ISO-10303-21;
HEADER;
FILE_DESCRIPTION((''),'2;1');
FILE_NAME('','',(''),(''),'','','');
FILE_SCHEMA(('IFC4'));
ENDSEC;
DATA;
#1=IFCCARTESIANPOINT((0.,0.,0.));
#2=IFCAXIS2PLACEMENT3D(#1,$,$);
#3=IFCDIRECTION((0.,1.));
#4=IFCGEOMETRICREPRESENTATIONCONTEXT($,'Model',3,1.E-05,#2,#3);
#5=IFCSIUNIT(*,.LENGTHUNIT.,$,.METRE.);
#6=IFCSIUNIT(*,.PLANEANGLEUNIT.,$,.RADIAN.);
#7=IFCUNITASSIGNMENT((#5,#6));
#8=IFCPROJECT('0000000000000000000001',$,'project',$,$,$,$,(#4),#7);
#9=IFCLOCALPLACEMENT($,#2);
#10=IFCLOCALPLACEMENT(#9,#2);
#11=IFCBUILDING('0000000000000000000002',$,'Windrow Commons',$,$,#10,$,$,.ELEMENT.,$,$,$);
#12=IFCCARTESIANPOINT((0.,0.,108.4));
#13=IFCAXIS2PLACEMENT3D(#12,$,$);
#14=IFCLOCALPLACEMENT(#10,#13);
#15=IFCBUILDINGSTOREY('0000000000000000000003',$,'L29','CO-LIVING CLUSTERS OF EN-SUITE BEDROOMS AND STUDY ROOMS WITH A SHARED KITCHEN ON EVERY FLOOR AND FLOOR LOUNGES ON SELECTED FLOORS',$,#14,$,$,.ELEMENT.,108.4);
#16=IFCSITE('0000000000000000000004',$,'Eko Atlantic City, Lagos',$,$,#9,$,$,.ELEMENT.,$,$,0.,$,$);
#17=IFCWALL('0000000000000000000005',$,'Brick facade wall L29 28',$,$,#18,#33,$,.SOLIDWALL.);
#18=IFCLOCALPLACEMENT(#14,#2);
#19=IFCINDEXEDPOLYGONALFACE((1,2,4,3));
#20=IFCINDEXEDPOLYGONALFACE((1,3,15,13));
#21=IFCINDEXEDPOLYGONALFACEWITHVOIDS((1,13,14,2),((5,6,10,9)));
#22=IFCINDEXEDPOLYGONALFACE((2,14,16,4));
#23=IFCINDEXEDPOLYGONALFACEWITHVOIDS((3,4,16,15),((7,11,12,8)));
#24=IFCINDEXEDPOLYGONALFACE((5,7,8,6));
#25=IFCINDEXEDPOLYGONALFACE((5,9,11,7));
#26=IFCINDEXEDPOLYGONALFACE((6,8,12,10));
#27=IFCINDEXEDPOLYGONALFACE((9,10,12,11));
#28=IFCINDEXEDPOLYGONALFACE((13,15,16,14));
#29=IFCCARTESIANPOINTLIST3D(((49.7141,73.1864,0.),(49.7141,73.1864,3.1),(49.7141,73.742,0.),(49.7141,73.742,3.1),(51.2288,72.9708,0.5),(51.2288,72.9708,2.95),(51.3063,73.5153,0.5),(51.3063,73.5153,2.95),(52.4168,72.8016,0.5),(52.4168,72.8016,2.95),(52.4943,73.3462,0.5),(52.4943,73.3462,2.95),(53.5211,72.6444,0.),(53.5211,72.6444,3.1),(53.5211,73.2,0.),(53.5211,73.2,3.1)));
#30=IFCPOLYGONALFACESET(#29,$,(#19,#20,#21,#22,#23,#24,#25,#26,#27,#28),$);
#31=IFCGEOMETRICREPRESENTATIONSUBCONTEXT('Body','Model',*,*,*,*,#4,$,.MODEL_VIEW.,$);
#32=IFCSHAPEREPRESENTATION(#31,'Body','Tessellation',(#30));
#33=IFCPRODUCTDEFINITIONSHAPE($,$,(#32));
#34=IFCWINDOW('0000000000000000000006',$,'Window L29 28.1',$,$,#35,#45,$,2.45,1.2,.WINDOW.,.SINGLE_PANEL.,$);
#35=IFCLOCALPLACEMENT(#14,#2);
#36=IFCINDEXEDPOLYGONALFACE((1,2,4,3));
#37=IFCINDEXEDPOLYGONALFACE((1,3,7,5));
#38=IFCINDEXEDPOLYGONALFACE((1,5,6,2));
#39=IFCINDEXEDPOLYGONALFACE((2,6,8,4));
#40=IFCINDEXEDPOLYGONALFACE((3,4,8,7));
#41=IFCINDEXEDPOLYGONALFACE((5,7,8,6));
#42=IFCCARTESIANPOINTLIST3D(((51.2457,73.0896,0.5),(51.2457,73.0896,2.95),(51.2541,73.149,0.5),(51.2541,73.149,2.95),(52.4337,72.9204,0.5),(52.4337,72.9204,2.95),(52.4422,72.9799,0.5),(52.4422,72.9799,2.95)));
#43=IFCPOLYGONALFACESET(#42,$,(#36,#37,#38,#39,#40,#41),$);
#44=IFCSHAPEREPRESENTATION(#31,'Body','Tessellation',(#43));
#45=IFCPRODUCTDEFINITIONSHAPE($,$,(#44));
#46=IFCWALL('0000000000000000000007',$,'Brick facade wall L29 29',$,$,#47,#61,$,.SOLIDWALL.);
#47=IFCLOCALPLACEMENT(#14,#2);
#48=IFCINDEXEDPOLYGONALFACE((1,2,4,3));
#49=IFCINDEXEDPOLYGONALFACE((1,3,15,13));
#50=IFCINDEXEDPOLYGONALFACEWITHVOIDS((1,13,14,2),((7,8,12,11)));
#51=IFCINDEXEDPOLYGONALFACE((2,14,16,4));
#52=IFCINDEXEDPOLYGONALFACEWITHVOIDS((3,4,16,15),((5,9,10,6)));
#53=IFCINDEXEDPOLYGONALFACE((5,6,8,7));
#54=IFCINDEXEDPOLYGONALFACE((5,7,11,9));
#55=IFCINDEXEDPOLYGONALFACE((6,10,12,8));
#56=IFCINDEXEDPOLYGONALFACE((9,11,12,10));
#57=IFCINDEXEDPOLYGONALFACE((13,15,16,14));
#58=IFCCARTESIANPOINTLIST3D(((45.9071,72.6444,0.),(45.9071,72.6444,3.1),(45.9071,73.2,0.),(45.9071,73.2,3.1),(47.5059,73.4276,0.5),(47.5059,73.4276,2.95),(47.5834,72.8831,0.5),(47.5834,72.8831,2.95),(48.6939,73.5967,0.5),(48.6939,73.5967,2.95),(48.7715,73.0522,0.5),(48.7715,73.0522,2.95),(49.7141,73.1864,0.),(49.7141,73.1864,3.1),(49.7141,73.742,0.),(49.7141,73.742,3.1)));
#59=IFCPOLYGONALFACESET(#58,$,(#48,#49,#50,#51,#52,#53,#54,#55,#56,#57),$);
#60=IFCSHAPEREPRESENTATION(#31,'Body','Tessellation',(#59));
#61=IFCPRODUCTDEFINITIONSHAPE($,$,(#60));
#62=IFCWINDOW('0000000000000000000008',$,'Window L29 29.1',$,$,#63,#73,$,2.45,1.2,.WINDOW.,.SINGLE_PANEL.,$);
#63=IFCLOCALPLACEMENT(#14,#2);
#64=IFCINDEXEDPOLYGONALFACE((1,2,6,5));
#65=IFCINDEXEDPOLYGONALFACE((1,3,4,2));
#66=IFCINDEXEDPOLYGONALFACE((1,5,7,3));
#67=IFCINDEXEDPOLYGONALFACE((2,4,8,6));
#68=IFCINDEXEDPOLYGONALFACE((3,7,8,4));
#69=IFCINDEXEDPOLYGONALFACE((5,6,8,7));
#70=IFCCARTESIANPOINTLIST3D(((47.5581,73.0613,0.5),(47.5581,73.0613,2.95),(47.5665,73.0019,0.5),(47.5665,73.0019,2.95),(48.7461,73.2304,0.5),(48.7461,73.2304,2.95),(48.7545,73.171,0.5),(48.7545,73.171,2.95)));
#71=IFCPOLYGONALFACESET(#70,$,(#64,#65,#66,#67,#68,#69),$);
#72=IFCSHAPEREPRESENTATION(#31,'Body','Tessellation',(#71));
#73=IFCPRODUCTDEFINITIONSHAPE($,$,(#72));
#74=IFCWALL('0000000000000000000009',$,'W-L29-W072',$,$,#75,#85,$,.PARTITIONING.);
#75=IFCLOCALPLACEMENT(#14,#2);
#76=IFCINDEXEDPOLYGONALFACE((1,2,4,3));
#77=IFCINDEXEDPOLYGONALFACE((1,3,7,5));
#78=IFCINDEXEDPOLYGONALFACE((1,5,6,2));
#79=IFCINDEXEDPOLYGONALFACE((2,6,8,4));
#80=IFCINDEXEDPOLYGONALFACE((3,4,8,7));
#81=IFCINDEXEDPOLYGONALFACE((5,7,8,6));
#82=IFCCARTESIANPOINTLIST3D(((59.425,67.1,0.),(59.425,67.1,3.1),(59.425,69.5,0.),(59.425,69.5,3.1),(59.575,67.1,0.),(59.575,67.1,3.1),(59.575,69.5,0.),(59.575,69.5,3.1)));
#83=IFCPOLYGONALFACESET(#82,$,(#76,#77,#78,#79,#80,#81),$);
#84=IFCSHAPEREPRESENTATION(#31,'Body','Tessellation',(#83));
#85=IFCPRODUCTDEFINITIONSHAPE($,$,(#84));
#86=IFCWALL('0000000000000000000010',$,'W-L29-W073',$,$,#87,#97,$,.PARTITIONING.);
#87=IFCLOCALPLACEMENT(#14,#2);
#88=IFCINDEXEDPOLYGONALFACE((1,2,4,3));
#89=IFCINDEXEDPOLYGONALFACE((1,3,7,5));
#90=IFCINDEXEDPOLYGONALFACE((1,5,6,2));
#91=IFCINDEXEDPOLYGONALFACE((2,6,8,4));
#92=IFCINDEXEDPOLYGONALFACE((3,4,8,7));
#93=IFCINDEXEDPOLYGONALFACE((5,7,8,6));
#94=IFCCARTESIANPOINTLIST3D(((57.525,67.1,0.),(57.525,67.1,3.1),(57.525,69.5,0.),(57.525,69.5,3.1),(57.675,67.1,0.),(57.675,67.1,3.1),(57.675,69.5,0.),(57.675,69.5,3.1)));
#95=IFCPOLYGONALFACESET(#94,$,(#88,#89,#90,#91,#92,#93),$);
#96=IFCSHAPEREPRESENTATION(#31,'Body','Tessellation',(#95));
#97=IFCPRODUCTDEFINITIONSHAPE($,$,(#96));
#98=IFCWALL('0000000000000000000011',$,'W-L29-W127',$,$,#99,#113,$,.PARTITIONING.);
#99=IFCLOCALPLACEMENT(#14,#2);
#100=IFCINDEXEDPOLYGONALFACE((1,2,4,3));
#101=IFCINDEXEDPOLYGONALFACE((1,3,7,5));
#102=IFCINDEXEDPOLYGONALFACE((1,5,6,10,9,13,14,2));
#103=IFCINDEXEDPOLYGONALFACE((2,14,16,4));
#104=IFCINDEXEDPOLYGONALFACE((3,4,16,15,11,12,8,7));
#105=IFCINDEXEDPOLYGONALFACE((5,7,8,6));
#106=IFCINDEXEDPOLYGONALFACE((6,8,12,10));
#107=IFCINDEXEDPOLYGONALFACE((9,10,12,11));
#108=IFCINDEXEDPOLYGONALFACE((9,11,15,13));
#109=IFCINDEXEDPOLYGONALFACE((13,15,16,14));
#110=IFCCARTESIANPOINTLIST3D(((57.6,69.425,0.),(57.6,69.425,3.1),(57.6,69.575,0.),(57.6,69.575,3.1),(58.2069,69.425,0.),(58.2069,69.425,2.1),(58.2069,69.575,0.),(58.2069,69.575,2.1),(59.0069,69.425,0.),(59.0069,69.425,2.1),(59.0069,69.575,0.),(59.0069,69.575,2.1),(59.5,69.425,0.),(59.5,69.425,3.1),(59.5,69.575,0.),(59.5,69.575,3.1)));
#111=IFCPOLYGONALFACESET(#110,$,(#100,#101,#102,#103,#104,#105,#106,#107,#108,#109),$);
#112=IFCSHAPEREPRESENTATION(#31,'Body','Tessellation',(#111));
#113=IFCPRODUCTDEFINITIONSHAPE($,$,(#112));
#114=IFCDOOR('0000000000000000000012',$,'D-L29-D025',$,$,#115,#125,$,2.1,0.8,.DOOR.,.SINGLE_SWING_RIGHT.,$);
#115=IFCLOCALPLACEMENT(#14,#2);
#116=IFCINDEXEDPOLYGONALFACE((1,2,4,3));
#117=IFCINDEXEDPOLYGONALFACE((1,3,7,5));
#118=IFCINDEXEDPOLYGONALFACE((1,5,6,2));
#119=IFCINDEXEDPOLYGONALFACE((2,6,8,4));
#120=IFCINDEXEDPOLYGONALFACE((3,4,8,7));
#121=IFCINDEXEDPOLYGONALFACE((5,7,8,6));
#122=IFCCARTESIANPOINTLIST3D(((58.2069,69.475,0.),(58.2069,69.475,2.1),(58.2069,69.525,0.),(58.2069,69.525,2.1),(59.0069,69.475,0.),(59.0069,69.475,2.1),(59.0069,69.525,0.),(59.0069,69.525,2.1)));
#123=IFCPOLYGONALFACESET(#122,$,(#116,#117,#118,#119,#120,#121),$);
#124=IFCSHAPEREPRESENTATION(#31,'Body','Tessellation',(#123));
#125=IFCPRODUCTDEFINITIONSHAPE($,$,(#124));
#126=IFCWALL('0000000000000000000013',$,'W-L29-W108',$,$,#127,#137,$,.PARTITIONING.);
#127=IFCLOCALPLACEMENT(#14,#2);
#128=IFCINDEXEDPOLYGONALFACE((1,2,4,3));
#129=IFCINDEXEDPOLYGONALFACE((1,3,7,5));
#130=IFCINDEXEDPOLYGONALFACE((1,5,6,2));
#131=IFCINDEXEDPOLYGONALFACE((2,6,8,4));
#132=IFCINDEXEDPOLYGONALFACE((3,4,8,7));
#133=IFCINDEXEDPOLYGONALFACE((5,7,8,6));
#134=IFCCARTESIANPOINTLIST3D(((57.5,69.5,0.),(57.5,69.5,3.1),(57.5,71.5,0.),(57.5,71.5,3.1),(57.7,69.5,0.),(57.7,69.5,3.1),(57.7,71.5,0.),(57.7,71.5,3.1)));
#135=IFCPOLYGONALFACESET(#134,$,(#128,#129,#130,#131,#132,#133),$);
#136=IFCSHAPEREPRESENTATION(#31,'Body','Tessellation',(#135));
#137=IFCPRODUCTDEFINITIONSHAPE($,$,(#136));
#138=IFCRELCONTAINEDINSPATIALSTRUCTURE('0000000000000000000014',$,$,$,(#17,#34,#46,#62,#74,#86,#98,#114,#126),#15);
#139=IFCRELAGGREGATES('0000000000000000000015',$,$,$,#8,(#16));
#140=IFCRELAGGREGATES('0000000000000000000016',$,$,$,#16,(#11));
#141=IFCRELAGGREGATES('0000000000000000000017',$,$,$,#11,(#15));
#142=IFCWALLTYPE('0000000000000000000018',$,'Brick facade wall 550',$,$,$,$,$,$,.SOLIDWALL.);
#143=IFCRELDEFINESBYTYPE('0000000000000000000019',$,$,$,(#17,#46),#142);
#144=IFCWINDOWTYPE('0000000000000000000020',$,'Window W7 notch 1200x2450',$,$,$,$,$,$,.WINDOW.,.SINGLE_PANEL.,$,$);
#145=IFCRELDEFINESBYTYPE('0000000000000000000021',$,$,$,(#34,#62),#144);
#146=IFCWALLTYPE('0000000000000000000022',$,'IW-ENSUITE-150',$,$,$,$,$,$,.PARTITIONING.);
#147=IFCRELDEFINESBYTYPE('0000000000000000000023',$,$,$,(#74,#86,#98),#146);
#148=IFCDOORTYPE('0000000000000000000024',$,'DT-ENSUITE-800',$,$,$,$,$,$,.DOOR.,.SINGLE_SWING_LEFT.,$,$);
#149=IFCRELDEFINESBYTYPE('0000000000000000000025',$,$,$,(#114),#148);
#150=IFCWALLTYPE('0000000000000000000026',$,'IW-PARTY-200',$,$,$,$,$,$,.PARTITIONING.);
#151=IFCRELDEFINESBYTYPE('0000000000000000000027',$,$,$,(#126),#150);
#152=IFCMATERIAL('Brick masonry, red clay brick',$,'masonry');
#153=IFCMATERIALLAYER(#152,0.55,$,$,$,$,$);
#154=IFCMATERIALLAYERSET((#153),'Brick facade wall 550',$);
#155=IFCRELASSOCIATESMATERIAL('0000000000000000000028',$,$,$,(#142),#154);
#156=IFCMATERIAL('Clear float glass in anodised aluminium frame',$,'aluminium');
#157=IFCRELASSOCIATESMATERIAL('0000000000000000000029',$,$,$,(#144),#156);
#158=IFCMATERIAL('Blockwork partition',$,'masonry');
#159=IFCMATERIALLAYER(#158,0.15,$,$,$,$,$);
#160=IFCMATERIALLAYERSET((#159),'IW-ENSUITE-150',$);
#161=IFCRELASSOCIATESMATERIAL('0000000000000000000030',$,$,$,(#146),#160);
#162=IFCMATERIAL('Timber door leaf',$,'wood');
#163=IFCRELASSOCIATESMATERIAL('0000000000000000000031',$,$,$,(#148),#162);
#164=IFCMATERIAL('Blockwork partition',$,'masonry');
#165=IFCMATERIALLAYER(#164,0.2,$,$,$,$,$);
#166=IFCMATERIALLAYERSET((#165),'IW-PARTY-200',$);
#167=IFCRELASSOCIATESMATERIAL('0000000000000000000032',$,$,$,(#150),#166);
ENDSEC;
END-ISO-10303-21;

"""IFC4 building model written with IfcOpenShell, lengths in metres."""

from ifc_helpers import new_model, si_unit, direction, frame, frame_2d, origin, place, context, subcontext, project, spatial, polyline, rectangle, outline, extrude, material, layer, layer_set, type_object, element, fill, save


model = new_model("IFC4")

# Units and contexts
model_context = context("Model", 3, precision=1e-05, world=origin(), true_north=direction((0.0, 1.0)))
body_context = subcontext(model_context, "Body", "Model", "MODEL_VIEW")
ifc_project = project(units=[si_unit("LENGTHUNIT", "METRE"), si_unit("PLANEANGLEUNIT", "RADIAN")], contexts=[model_context])

# Site, building, storey
site_placement = place(None, origin())
site = spatial("IfcSite", under=ifc_project, at=site_placement, Name="Eko Atlantic City, Lagos", CompositionType="ELEMENT", RefElevation=0.0)
building_placement = place(site_placement, origin())
building = spatial("IfcBuilding", under=site, at=building_placement, Name="Windrow Commons", CompositionType="ELEMENT")
storey_placement = place(building_placement, frame((0.0, 0.0, 108.4)))
storey = spatial("IfcBuildingStorey", under=building, at=storey_placement, Name="L29", Description="CO-LIVING CLUSTERS OF EN-SUITE BEDROOMS AND STUDY ROOMS WITH A SHARED KITCHEN ON EVERY FLOOR AND FLOOR LOUNGES ON SELECTED FLOORS", CompositionType="ELEMENT", Elevation=108.4)

# Shared definitions
ifc_material_1 = material(Name="Brick masonry, red clay brick", Category="masonry")
ifc_layer_1 = layer(ifc_material_1, 0.55)
ifc_layer_set_1 = layer_set([ifc_layer_1], Name="Brick facade wall 550")
wall_type_1 = type_object("IfcWallType", Name="Brick facade wall 550", PredefinedType="SOLIDWALL", material=ifc_layer_set_1)

# Walls, openings, windows
wall_1_placement = place(storey_placement, frame((53.5211, 72.9222, 0.0), z_axis=(0.0, 0.0, 1.0), x_axis=(-0.990017, 0.140948, 0.0)))
wall_1 = element("IfcWall", 1, at=wall_1_placement, inside=storey, type_object=wall_type_1, Name="Brick facade wall L29 28", PredefinedType="SOLIDWALL", context=body_context, shape_type="SweptSolid", body=[
    extrude(outline(polyline([(0.0392, -0.275), (3.8845, -0.275), (3.8062, 0.275), (-0.0392, 0.275), (0.0392, -0.275)])), origin(), (0.0, 0.0, 1.0), 3.1),
])
opening_1_placement = place(wall_1_placement, frame((1.0763, 0.0, 0.5)))
opening_1 = element("IfcOpeningElement", 2, at=opening_1_placement, cuts=wall_1, PredefinedType="OPENING", context=body_context, shape_type="SweptSolid", body=[
    extrude(rectangle(XDim=1.2, YDim=2.45, at=frame_2d((0.6, 1.225))), frame((0.0, 0.285, 0.0), z_axis=(0.0, -1.0, 0.0), x_axis=(1.0, 0.0, 0.0)), (0.0, 0.0, 1.0), 0.57),
])
ifc_material_2 = material(Name="Clear float glass in anodised aluminium frame", Category="aluminium")
window_type_1 = type_object("IfcWindowType", Name="Window W7 notch 1200x2450", PartitioningType="SINGLE_PANEL", PredefinedType="WINDOW", material=ifc_material_2)
window_1_placement = place(opening_1_placement, origin())
window_1 = element("IfcWindow", 3, at=window_1_placement, inside=storey, type_object=window_type_1, Name="Window L29 28.1", OverallHeight=2.45, OverallWidth=1.2, PartitioningType="SINGLE_PANEL", PredefinedType="WINDOW", context=body_context, shape_type="SweptSolid", body=[
    extrude(rectangle(XDim=1.2, YDim=2.45, at=frame_2d((0.6, 1.225))), frame((0.0, 0.155, 0.0), z_axis=(0.0, -1.0, 0.0), x_axis=(1.0, 0.0, 0.0)), (0.0, 0.0, 1.0), 0.06),
])
fill(opening_1, window_1)
wall_2_placement = place(storey_placement, frame((49.7141, 73.4642, 0.0), z_axis=(0.0, 0.0, 1.0), x_axis=(-0.990017, -0.140948, 0.0)))
wall_2 = element("IfcWall", 4, at=wall_2_placement, inside=storey, type_object=wall_type_1, Name="Brick facade wall L29 29", PredefinedType="SOLIDWALL", context=body_context, shape_type="SweptSolid", body=[
    extrude(outline(polyline([(-0.0392, -0.275), (3.8062, -0.275), (3.8845, 0.275), (0.0392, 0.275), (-0.0392, -0.275)])), origin(), (0.0, 0.0, 1.0), 3.1),
])
opening_2_placement = place(wall_2_placement, frame((0.9913, 0.0, 0.5)))
opening_2 = element("IfcOpeningElement", 5, at=opening_2_placement, cuts=wall_2, PredefinedType="OPENING", context=body_context, shape_type="SweptSolid", body=[
    extrude(rectangle(XDim=1.2, YDim=2.45, at=frame_2d((0.6, 1.225))), frame((0.0, 0.285, 0.0), z_axis=(0.0, -1.0, 0.0), x_axis=(1.0, 0.0, 0.0)), (0.0, 0.0, 1.0), 0.57),
])
window_2_placement = place(opening_2_placement, origin())
window_2 = element("IfcWindow", 6, at=window_2_placement, inside=storey, type_object=window_type_1, Name="Window L29 29.1", OverallHeight=2.45, OverallWidth=1.2, PartitioningType="SINGLE_PANEL", PredefinedType="WINDOW", context=body_context, shape_type="SweptSolid", body=[
    extrude(rectangle(XDim=1.2, YDim=2.45, at=frame_2d((0.6, 1.225))), frame((0.0, 0.155, 0.0), z_axis=(0.0, -1.0, 0.0), x_axis=(1.0, 0.0, 0.0)), (0.0, 0.0, 1.0), 0.06),
])
fill(opening_2, window_2)

# Walls
ifc_material_3 = material(Name="Blockwork partition", Category="masonry")
ifc_layer_2 = layer(ifc_material_3, 0.15)
ifc_layer_set_2 = layer_set([ifc_layer_2], Name="IW-ENSUITE-150")
wall_type_2 = type_object("IfcWallType", Name="IW-ENSUITE-150", PredefinedType="PARTITIONING", material=ifc_layer_set_2)
for number, where, z_axis, x_axis, name in (
    (7, (59.5, 67.1, 0.0), (0.0, 0.0, 1.0), (0.0, 1.0, 0.0), "W-L29-W072"),
    (8, (57.6, 67.1, 0.0), (0.0, 0.0, 1.0), (0.0, 1.0, 0.0), "W-L29-W073"),
):
    element("IfcWall", number, at=place(storey_placement, frame(where, z_axis=z_axis, x_axis=x_axis)), inside=storey, type_object=wall_type_2, Name=name, PredefinedType="PARTITIONING", context=body_context, shape_type="SweptSolid", body=[
        extrude(rectangle(XDim=2.4, YDim=0.15, at=frame_2d((1.2, 0.0))), origin(), (0.0, 0.0, 1.0), 3.1),
    ])

# Wall, opening, door
wall_3_placement = place(storey_placement, frame((57.6, 69.5, 0.0), z_axis=(0.0, 0.0, 1.0), x_axis=(1.0, 0.0, 0.0)))
wall_3 = element("IfcWall", 9, at=wall_3_placement, inside=storey, type_object=wall_type_2, Name="W-L29-W127", PredefinedType="PARTITIONING", context=body_context, shape_type="SweptSolid", body=[
    extrude(rectangle(XDim=1.9, YDim=0.15, at=frame_2d((0.95, 0.0))), origin(), (0.0, 0.0, 1.0), 3.1),
])
opening_3_placement = place(wall_3_placement, frame((0.6069, 0.0, 0.0)))
opening_3 = element("IfcOpeningElement", 10, at=opening_3_placement, cuts=wall_3, PredefinedType="OPENING", context=body_context, shape_type="SweptSolid", body=[
    extrude(rectangle(XDim=0.8, YDim=2.1, at=frame_2d((0.4, 1.05))), frame((0.0, 0.085, 0.0), z_axis=(0.0, -1.0, 0.0), x_axis=(1.0, 0.0, 0.0)), (0.0, 0.0, 1.0), 0.17),
])
ifc_material_4 = material(Name="Timber door leaf", Category="wood")
door_type = type_object("IfcDoorType", Name="DT-ENSUITE-800", OperationType="SINGLE_SWING_LEFT", PredefinedType="DOOR", material=ifc_material_4)
door_placement = place(opening_3_placement, origin())
door = element("IfcDoor", 11, at=door_placement, inside=storey, type_object=door_type, Name="D-L29-D025", OperationType="SINGLE_SWING_RIGHT", OverallHeight=2.1, OverallWidth=0.8, PredefinedType="DOOR", context=body_context, shape_type="SweptSolid", body=[
    extrude(rectangle(XDim=0.8, YDim=2.1, at=frame_2d((0.4, 1.05))), frame((0.0, 0.025, 0.0), z_axis=(0.0, -1.0, 0.0), x_axis=(1.0, 0.0, 0.0)), (0.0, 0.0, 1.0), 0.05),
])
fill(opening_3, door)

# Wall
ifc_material_5 = material(Name="Blockwork partition", Category="masonry")
ifc_layer_3 = layer(ifc_material_5, 0.2)
ifc_layer_set_3 = layer_set([ifc_layer_3], Name="IW-PARTY-200")
wall_type_3 = type_object("IfcWallType", Name="IW-PARTY-200", PredefinedType="PARTITIONING", material=ifc_layer_set_3)
wall_4_placement = place(storey_placement, frame((57.6, 69.5, 0.0), z_axis=(0.0, 0.0, 1.0), x_axis=(0.0, 1.0, 0.0)))
element("IfcWall", 12, at=wall_4_placement, inside=storey, type_object=wall_type_3, Name="W-L29-W108", PredefinedType="PARTITIONING", context=body_context, shape_type="SweptSolid", body=[
    extrude(rectangle(XDim=2.0, YDim=0.2, at=frame_2d((1.0, 0.0))), origin(), (0.0, 0.0, 1.0), 3.1),
])

save(model, "model.ifc")
